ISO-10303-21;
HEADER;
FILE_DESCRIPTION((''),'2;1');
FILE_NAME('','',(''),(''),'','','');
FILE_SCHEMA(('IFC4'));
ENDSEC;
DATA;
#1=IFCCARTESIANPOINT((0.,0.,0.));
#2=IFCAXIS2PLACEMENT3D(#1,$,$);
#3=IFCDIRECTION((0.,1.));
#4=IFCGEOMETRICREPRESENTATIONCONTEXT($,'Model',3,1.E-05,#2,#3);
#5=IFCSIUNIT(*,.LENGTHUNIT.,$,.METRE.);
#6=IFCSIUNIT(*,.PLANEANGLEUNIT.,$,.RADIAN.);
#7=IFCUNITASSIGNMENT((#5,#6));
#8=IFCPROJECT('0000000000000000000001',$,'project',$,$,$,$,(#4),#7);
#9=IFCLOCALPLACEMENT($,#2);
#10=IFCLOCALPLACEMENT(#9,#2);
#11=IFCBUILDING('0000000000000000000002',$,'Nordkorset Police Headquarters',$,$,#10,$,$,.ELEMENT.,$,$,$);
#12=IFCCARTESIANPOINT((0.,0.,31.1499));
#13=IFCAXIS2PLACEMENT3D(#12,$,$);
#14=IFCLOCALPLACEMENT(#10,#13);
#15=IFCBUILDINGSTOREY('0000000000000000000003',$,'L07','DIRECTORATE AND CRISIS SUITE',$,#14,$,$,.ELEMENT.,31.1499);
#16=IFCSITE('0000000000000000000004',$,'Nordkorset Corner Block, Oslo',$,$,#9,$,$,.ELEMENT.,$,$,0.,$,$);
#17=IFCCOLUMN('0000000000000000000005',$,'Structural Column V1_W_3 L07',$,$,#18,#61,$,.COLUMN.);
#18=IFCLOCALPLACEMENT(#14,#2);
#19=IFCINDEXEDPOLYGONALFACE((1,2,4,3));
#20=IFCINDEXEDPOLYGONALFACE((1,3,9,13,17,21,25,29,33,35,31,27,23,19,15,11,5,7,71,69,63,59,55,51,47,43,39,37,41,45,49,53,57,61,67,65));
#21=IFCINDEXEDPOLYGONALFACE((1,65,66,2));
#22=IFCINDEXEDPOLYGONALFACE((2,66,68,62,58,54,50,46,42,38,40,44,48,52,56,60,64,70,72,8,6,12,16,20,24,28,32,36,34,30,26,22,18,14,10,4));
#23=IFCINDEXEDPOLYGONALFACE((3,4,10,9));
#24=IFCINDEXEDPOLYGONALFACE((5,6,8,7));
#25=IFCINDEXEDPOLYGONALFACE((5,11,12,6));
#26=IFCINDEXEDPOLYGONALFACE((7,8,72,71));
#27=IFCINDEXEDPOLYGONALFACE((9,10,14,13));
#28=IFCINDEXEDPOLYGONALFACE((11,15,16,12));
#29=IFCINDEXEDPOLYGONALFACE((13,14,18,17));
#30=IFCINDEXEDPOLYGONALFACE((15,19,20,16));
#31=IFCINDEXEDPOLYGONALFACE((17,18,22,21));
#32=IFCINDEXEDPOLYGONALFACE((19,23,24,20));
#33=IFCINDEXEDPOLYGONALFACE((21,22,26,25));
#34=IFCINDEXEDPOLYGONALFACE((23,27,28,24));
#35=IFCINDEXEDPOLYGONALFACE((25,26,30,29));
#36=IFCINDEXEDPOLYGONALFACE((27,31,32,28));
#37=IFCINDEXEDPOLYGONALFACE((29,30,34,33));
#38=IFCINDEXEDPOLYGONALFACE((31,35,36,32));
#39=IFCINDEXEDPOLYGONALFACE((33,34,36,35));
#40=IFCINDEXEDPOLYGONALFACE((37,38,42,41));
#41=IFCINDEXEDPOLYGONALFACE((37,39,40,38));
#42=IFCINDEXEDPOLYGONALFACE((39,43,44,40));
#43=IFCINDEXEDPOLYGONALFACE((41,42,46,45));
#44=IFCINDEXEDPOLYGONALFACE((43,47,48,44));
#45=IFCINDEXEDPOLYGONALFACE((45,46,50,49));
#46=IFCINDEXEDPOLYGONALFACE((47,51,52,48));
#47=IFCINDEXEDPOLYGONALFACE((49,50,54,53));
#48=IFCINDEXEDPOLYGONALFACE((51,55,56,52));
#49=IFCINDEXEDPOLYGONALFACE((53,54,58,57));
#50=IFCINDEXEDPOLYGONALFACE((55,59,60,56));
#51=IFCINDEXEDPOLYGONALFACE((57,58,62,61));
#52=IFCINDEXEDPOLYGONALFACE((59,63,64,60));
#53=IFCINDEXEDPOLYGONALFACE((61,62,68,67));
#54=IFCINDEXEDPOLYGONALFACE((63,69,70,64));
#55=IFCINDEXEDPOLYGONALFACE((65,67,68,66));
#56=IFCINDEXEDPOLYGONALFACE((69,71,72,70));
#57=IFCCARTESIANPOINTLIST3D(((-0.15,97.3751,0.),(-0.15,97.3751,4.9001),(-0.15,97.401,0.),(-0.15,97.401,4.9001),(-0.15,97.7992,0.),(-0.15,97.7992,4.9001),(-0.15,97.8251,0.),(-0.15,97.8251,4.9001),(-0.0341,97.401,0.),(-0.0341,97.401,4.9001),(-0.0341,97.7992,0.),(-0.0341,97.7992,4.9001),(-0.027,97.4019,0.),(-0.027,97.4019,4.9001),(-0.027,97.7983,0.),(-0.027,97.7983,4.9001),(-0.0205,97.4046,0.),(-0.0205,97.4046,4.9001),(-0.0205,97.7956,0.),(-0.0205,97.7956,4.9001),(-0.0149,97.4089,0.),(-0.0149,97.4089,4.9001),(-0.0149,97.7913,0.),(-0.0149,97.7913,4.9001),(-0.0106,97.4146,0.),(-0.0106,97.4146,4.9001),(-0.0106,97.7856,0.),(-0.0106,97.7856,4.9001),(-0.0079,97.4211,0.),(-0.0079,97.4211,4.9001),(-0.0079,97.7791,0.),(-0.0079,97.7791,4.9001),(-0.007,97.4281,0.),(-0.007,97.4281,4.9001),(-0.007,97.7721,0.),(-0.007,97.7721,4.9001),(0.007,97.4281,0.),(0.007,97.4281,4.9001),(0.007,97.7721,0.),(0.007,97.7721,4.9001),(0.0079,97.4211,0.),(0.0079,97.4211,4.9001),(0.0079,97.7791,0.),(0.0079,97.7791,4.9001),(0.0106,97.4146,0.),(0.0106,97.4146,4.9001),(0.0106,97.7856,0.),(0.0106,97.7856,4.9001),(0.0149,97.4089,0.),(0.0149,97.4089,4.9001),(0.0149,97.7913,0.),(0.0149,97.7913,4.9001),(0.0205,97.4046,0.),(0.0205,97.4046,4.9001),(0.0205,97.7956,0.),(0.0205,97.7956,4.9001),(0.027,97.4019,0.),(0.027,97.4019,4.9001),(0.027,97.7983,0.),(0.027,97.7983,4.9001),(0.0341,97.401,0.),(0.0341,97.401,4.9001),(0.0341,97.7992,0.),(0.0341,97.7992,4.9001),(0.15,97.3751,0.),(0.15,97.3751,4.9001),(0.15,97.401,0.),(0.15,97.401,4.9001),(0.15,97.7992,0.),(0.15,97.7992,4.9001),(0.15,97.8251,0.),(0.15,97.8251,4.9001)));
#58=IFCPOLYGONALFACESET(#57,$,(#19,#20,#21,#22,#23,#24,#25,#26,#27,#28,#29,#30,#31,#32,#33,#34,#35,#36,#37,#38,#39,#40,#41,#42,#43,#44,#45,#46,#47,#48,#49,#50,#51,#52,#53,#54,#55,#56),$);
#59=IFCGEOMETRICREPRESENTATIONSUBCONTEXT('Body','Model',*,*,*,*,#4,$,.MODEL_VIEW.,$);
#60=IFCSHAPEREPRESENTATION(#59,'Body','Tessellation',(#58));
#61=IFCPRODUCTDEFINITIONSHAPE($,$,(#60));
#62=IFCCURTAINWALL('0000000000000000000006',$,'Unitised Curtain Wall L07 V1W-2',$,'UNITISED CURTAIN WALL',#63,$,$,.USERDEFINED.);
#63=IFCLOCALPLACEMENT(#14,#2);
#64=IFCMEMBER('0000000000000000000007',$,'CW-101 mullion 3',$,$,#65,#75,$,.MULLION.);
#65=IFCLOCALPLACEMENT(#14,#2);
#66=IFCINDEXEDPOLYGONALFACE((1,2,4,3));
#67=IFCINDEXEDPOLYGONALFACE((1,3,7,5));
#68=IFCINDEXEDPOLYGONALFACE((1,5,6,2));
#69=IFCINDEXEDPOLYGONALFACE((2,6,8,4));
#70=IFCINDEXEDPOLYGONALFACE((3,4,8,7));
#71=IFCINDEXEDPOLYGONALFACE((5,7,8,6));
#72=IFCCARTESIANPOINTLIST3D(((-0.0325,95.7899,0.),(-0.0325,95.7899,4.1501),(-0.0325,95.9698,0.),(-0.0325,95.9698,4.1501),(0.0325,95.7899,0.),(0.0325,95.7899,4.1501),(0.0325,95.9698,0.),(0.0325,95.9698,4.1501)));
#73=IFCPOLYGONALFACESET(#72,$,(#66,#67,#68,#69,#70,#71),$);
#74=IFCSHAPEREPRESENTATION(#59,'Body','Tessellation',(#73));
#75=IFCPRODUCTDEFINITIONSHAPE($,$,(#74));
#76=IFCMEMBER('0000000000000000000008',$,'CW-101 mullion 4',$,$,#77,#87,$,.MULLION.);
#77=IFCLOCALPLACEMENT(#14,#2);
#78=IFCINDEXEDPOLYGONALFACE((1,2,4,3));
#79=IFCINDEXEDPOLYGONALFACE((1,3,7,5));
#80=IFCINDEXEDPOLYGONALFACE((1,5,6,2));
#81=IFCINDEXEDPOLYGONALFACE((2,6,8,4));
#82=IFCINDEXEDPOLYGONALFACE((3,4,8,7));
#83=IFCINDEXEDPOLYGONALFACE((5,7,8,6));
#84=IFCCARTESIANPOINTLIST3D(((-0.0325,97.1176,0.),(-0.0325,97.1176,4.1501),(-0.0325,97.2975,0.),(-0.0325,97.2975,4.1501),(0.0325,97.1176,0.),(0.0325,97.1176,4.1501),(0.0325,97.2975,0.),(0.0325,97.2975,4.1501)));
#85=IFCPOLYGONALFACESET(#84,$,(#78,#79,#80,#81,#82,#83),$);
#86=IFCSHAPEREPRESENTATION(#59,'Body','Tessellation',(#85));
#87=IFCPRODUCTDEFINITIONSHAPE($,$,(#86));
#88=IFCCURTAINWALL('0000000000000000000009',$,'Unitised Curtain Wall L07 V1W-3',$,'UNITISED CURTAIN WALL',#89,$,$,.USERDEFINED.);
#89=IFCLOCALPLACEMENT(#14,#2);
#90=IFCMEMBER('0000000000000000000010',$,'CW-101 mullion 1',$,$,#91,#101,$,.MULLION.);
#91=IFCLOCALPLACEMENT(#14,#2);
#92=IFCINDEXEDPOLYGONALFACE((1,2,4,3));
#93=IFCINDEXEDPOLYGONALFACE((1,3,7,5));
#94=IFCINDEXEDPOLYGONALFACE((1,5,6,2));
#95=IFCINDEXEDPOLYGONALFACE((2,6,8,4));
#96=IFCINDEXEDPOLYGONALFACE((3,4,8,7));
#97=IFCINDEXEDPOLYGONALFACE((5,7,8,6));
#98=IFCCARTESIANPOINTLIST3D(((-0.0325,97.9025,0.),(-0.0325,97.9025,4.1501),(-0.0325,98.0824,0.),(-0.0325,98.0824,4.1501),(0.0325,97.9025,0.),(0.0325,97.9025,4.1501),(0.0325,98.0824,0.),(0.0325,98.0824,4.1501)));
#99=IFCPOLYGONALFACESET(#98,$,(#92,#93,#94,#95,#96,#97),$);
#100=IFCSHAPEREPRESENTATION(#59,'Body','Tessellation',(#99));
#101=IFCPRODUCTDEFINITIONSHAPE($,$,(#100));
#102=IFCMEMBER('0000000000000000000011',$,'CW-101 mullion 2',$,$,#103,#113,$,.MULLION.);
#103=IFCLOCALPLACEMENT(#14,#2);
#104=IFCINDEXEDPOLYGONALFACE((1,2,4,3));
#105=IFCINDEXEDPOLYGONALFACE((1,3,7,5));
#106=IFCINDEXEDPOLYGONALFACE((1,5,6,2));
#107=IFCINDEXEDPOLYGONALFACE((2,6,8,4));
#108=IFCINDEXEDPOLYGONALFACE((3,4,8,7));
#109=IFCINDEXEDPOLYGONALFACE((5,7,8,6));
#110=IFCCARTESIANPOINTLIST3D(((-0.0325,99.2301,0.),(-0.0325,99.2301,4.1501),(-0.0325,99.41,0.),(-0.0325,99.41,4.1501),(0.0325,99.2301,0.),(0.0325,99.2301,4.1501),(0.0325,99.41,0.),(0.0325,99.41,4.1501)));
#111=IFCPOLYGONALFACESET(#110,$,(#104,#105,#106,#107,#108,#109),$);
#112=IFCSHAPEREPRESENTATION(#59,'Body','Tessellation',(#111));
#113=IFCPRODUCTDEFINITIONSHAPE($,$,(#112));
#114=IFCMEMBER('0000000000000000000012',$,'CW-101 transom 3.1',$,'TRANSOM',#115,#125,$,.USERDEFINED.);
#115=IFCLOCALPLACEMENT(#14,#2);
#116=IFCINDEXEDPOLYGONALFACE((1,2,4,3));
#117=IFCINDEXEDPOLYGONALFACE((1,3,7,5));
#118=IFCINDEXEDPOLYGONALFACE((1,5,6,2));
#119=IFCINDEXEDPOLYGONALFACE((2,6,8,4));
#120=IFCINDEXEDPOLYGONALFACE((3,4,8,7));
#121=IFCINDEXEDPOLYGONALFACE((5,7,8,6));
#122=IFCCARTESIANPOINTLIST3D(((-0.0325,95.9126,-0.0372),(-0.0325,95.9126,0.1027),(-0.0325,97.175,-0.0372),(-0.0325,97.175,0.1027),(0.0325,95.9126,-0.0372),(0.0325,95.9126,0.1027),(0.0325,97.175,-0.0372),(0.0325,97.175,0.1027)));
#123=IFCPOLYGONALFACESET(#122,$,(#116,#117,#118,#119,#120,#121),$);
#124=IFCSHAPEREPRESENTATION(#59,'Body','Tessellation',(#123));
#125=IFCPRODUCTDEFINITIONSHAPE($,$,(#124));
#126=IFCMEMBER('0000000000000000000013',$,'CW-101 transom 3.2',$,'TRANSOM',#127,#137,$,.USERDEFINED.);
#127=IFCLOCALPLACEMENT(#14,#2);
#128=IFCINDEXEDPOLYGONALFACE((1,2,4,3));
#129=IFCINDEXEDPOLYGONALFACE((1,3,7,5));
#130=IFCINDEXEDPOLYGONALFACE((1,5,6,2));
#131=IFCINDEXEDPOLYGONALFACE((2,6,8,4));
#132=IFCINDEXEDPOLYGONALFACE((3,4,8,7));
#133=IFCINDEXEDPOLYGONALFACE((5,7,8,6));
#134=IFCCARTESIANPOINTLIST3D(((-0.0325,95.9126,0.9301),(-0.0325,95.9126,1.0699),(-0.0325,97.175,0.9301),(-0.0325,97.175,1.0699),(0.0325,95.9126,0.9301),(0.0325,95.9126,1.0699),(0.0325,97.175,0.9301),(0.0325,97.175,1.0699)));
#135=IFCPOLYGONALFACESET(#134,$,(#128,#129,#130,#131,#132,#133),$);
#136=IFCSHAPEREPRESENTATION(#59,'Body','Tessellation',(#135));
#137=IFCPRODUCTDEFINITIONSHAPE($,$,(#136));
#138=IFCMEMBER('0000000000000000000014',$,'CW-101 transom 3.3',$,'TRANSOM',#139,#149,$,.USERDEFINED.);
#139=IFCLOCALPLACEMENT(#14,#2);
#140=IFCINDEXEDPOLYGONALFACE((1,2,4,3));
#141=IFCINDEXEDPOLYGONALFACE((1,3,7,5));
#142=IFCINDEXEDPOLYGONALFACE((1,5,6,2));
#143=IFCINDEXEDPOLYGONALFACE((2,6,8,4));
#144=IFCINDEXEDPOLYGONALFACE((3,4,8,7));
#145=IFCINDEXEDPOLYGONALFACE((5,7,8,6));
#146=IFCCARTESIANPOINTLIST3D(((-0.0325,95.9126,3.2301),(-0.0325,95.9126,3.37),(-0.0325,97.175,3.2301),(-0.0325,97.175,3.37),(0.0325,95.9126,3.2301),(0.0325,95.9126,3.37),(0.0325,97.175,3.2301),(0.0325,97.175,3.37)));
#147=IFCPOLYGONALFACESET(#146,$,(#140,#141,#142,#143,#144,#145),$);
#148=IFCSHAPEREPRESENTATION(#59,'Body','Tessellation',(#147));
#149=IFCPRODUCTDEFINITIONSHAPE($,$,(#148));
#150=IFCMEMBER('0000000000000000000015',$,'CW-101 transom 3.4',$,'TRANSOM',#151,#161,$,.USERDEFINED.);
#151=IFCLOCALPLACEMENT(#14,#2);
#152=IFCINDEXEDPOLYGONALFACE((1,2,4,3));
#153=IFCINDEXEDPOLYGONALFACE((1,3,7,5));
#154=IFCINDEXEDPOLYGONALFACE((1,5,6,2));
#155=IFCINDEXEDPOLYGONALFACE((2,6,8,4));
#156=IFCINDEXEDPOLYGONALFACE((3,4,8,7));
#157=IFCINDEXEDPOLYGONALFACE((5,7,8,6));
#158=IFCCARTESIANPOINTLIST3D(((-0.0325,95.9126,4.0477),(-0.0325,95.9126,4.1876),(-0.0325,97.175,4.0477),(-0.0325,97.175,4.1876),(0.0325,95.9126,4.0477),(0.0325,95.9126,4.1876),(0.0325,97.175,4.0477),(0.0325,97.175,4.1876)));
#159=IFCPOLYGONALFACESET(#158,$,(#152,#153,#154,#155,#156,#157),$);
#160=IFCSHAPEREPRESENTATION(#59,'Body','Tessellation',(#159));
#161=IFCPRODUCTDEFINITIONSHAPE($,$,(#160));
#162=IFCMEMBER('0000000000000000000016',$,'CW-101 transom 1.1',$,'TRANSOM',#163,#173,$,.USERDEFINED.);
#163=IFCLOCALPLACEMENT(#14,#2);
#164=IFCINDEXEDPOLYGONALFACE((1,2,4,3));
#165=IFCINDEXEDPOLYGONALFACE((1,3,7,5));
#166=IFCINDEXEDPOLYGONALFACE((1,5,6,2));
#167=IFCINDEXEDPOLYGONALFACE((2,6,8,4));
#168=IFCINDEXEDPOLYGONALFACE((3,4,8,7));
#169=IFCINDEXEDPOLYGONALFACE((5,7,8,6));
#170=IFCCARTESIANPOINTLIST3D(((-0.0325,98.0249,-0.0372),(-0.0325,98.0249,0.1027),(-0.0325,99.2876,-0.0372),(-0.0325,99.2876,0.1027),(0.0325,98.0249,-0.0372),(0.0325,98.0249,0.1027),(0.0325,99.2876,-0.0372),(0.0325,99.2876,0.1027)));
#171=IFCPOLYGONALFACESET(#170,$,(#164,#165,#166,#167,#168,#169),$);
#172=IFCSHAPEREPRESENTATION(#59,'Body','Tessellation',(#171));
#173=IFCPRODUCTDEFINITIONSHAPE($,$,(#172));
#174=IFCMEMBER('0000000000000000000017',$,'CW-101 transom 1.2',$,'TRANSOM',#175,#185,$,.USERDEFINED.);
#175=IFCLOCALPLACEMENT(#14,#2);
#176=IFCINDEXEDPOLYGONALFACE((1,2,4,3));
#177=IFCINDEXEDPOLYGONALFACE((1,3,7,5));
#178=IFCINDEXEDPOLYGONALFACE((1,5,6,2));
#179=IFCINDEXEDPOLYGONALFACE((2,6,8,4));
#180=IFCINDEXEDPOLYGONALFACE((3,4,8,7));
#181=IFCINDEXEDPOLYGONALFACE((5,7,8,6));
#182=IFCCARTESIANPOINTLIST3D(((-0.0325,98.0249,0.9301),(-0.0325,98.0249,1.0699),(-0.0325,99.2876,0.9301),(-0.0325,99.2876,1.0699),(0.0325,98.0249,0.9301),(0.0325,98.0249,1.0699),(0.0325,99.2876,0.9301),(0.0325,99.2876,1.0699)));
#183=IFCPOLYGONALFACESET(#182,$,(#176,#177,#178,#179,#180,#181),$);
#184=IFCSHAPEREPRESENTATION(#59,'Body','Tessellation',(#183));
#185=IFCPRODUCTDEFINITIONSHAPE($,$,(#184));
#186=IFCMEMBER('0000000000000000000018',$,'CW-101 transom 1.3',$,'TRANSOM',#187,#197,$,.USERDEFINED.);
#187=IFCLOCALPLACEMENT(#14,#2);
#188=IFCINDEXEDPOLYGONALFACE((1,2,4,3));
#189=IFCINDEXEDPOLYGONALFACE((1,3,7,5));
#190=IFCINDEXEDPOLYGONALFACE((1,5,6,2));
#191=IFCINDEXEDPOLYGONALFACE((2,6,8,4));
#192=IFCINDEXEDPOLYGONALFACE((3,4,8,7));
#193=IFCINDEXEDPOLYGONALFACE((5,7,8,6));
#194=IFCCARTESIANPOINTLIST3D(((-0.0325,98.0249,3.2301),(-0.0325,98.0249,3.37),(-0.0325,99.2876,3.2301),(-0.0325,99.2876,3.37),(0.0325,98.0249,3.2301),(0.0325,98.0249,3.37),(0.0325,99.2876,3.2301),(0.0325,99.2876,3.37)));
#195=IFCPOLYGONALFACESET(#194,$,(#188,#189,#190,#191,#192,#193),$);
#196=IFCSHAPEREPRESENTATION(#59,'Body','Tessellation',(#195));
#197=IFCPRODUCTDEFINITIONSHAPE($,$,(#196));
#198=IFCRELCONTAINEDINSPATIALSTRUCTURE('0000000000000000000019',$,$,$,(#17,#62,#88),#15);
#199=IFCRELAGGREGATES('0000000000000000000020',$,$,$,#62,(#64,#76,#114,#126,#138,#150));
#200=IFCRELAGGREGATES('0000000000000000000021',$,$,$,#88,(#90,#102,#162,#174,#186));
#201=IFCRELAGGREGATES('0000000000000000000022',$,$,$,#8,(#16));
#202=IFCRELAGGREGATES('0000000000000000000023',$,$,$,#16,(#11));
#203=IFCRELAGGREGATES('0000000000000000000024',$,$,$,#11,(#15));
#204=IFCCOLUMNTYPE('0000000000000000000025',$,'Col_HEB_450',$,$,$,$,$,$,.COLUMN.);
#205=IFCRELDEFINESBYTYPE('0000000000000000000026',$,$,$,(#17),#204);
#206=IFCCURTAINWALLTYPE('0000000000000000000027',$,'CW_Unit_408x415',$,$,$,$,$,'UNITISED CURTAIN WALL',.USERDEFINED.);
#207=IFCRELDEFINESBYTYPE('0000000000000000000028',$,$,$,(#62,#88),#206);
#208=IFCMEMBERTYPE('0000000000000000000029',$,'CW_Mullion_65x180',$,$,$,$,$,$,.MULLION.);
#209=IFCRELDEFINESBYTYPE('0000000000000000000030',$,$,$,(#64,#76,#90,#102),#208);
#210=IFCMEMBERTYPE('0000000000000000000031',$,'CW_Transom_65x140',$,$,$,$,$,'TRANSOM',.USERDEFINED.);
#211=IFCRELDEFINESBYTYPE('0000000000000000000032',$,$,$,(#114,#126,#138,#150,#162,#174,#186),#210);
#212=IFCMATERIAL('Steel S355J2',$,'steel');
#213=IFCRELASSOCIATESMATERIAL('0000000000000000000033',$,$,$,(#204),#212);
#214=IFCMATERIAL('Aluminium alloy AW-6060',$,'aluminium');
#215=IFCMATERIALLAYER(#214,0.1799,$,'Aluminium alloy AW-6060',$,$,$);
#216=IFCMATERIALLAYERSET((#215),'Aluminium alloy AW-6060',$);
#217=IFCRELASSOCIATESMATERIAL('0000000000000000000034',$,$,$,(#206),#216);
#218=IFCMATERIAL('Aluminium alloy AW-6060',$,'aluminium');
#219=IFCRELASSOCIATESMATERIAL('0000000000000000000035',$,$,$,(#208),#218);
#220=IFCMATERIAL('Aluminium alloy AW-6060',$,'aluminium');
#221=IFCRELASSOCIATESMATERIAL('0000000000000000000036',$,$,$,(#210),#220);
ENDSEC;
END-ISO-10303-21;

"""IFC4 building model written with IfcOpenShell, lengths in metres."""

from ifc_helpers import new_model, si_unit, direction, frame, origin, origin_2d, place, context, subcontext, project, spatial, rectangle, i_section, extrude, material, layer, layer_set, material_profile, profile_set, type_object, element, aggregate, save


model = new_model("IFC4")

# Units and contexts
model_context = context("Model", 3, precision=1e-05, world=origin(), true_north=direction((0.0, 1.0)))
body_context = subcontext(model_context, "Body", "Model", "MODEL_VIEW")
ifc_project = project(units=[si_unit("LENGTHUNIT", "METRE"), si_unit("PLANEANGLEUNIT", "RADIAN")], contexts=[model_context])

# Site, building, storey
site_placement = place(None, origin())
site = spatial("IfcSite", under=ifc_project, at=site_placement, Name="Nordkorset Corner Block, Oslo", CompositionType="ELEMENT", RefElevation=0.0)
building_placement = place(site_placement, origin())
building = spatial("IfcBuilding", under=site, at=building_placement, Name="Nordkorset Police Headquarters", CompositionType="ELEMENT")
storey_placement = place(building_placement, frame((0.0, 0.0, 31.1499)))
storey = spatial("IfcBuildingStorey", under=building, at=storey_placement, Name="L07", Description="DIRECTORATE AND CRISIS SUITE", CompositionType="ELEMENT", Elevation=31.1499)

# Column
ifc_material_1 = material(Name="Steel S355J2", Category="steel")
ifc_material_profile_1 = material_profile(ifc_material_1, i_section(OverallWidth=0.3, OverallDepth=0.45, WebThickness=0.0139, FlangeThickness=0.0259, FilletRadius=0.0271, at=origin_2d()), Name="HEB 450")
ifc_profile_set_1 = profile_set([ifc_material_profile_1], Name="Steel S355J2")
column_type = type_object("IfcColumnType", Name="Col_HEB_450", PredefinedType="COLUMN", material=ifc_profile_set_1)
column_placement = place(storey_placement, frame((0.0, 97.6001, 0.0), z_axis=(0.0, 0.0, 1.0), x_axis=(1.0, 0.0, 0.0)))
element("IfcColumn", 1, at=column_placement, inside=storey, type_object=column_type, Name="Structural Column V1_W_3 L07", PredefinedType="COLUMN", context=body_context, shape_type="SweptSolid", body=[
    extrude(i_section(OverallWidth=0.3, OverallDepth=0.45, WebThickness=0.0139, FlangeThickness=0.0259, FilletRadius=0.0271, at=origin_2d()), origin(), (0.0, 0.0, 1.0), 4.9001),
])

# Curtain walls, members
ifc_material_2 = material(Name="Aluminium alloy AW-6060", Category="aluminium")
ifc_layer_1 = layer(ifc_material_2, 0.1799, Name="Aluminium alloy AW-6060")
ifc_layer_set_1 = layer_set([ifc_layer_1], Name="Aluminium alloy AW-6060")
curtain_wall_type = type_object("IfcCurtainWallType", Name="CW_Unit_408x415", ElementType="UNITISED CURTAIN WALL", PredefinedType="USERDEFINED", material=ifc_layer_set_1)
curtain_wall_1_placement = place(storey_placement, origin())
curtain_wall_1 = element("IfcCurtainWall", 2, at=curtain_wall_1_placement, inside=storey, type_object=curtain_wall_type, Name="Unitised Curtain Wall L07 V1W-2", ObjectType="UNITISED CURTAIN WALL", PredefinedType="USERDEFINED")
ifc_material_3 = material(Name="Aluminium alloy AW-6060", Category="aluminium")
ifc_material_profile_2 = material_profile(ifc_material_3, rectangle(XDim=0.0649, YDim=0.1799, at=origin_2d()), Name="ALU MULL 65x180")
ifc_profile_set_2 = profile_set([ifc_material_profile_2], Name="Aluminium alloy AW-6060")
member_type_1 = type_object("IfcMemberType", Name="CW_Mullion_65x180", PredefinedType="MULLION", material=ifc_profile_set_2)
member_1_placement = place(storey_placement, frame((0.0, 95.8799, 0.0), z_axis=(0.0, 0.0, 1.0), x_axis=(-1.0, 0.0, 0.0)))
member_1 = element("IfcMember", 3, at=member_1_placement, type_object=member_type_1, Name="CW-101 mullion 3", PredefinedType="MULLION", context=body_context, shape_type="SweptSolid", body=[
    extrude(rectangle(XDim=0.0649, YDim=0.1799, at=origin_2d()), origin(), (0.0, 0.0, 1.0), 4.1501),
])
member_2_placement = place(storey_placement, frame((0.0, 97.2075, 0.0), z_axis=(0.0, 0.0, 1.0), x_axis=(-1.0, 0.0, 0.0)))
member_2 = element("IfcMember", 4, at=member_2_placement, type_object=member_type_1, Name="CW-101 mullion 4", PredefinedType="MULLION", context=body_context, shape_type="SweptSolid", body=[
    extrude(rectangle(XDim=0.0649, YDim=0.1799, at=origin_2d()), origin(), (0.0, 0.0, 1.0), 4.1501),
])
curtain_wall_2_placement = place(storey_placement, origin())
curtain_wall_2 = element("IfcCurtainWall", 5, at=curtain_wall_2_placement, inside=storey, type_object=curtain_wall_type, Name="Unitised Curtain Wall L07 V1W-3", ObjectType="UNITISED CURTAIN WALL", PredefinedType="USERDEFINED")
member_3_placement = place(storey_placement, frame((0.0, 97.9924, 0.0), z_axis=(0.0, 0.0, 1.0), x_axis=(-1.0, 0.0, 0.0)))
member_3 = element("IfcMember", 6, at=member_3_placement, type_object=member_type_1, Name="CW-101 mullion 1", PredefinedType="MULLION", context=body_context, shape_type="SweptSolid", body=[
    extrude(rectangle(XDim=0.0649, YDim=0.1799, at=origin_2d()), origin(), (0.0, 0.0, 1.0), 4.1501),
])
member_4_placement = place(storey_placement, frame((0.0, 99.3201, 0.0), z_axis=(0.0, 0.0, 1.0), x_axis=(-1.0, 0.0, 0.0)))
member_4 = element("IfcMember", 7, at=member_4_placement, type_object=member_type_1, Name="CW-101 mullion 2", PredefinedType="MULLION", context=body_context, shape_type="SweptSolid", body=[
    extrude(rectangle(XDim=0.0649, YDim=0.1799, at=origin_2d()), origin(), (0.0, 0.0, 1.0), 4.1501),
])

# Members
ifc_material_4 = material(Name="Aluminium alloy AW-6060", Category="aluminium")
ifc_material_profile_3 = material_profile(ifc_material_4, rectangle(XDim=0.0649, YDim=0.1399, at=origin_2d()), Name="ALU TRAN 65x140")
ifc_profile_set_3 = profile_set([ifc_material_profile_3], Name="Aluminium alloy AW-6060")
member_type_2 = type_object("IfcMemberType", Name="CW_Transom_65x140", ElementType="TRANSOM", PredefinedType="USERDEFINED", material=ifc_profile_set_3)
member_5_placement = place(storey_placement, frame((0.0, 95.9126, 0.0327), z_axis=(0.0, 1.0, 0.0), x_axis=(-1.0, 0.0, 0.0)))
member_5 = element("IfcMember", 8, at=member_5_placement, type_object=member_type_2, Name="CW-101 transom 3.1", ObjectType="TRANSOM", PredefinedType="USERDEFINED", context=body_context, shape_type="SweptSolid", body=[
    extrude(rectangle(XDim=0.0649, YDim=0.1399, at=origin_2d()), origin(), (0.0, 0.0, 1.0), 1.2625),
])
member_6_placement = place(storey_placement, frame((0.0, 95.9126, 1.0), z_axis=(0.0, 1.0, 0.0), x_axis=(-1.0, 0.0, 0.0)))
member_6 = element("IfcMember", 9, at=member_6_placement, type_object=member_type_2, Name="CW-101 transom 3.2", ObjectType="TRANSOM", PredefinedType="USERDEFINED", context=body_context, shape_type="SweptSolid", body=[
    extrude(rectangle(XDim=0.0649, YDim=0.1399, at=origin_2d()), origin(), (0.0, 0.0, 1.0), 1.2625),
])
member_7_placement = place(storey_placement, frame((0.0, 95.9126, 3.3), z_axis=(0.0, 1.0, 0.0), x_axis=(-1.0, 0.0, 0.0)))
member_7 = element("IfcMember", 10, at=member_7_placement, type_object=member_type_2, Name="CW-101 transom 3.3", ObjectType="TRANSOM", PredefinedType="USERDEFINED", context=body_context, shape_type="SweptSolid", body=[
    extrude(rectangle(XDim=0.0649, YDim=0.1399, at=origin_2d()), origin(), (0.0, 0.0, 1.0), 1.2625),
])
member_8_placement = place(storey_placement, frame((0.0, 95.9126, 4.1177), z_axis=(0.0, 1.0, 0.0), x_axis=(-1.0, 0.0, 0.0)))
member_8 = element("IfcMember", 11, at=member_8_placement, type_object=member_type_2, Name="CW-101 transom 3.4", ObjectType="TRANSOM", PredefinedType="USERDEFINED", context=body_context, shape_type="SweptSolid", body=[
    extrude(rectangle(XDim=0.0649, YDim=0.1399, at=origin_2d()), origin(), (0.0, 0.0, 1.0), 1.2625),
])
member_9_placement = place(storey_placement, frame((0.0, 98.0249, 0.0327), z_axis=(0.0, 1.0, 0.0), x_axis=(-1.0, 0.0, 0.0)))
member_9 = element("IfcMember", 12, at=member_9_placement, type_object=member_type_2, Name="CW-101 transom 1.1", ObjectType="TRANSOM", PredefinedType="USERDEFINED", context=body_context, shape_type="SweptSolid", body=[
    extrude(rectangle(XDim=0.0649, YDim=0.1399, at=origin_2d()), origin(), (0.0, 0.0, 1.0), 1.2627),
])
member_10_placement = place(storey_placement, frame((0.0, 98.0249, 1.0), z_axis=(0.0, 1.0, 0.0), x_axis=(-1.0, 0.0, 0.0)))
member_10 = element("IfcMember", 13, at=member_10_placement, type_object=member_type_2, Name="CW-101 transom 1.2", ObjectType="TRANSOM", PredefinedType="USERDEFINED", context=body_context, shape_type="SweptSolid", body=[
    extrude(rectangle(XDim=0.0649, YDim=0.1399, at=origin_2d()), origin(), (0.0, 0.0, 1.0), 1.2627),
])
member_11_placement = place(storey_placement, frame((0.0, 98.0249, 3.3), z_axis=(0.0, 1.0, 0.0), x_axis=(-1.0, 0.0, 0.0)))
member_11 = element("IfcMember", 14, at=member_11_placement, type_object=member_type_2, Name="CW-101 transom 1.3", ObjectType="TRANSOM", PredefinedType="USERDEFINED", context=body_context, shape_type="SweptSolid", body=[
    extrude(rectangle(XDim=0.0649, YDim=0.1399, at=origin_2d()), origin(), (0.0, 0.0, 1.0), 1.2627),
])

aggregate(curtain_wall_1, [member_1, member_2, member_5, member_6, member_7, member_8])
aggregate(curtain_wall_2, [member_3, member_4, member_9, member_10, member_11])

save(model, "model.ifc")
